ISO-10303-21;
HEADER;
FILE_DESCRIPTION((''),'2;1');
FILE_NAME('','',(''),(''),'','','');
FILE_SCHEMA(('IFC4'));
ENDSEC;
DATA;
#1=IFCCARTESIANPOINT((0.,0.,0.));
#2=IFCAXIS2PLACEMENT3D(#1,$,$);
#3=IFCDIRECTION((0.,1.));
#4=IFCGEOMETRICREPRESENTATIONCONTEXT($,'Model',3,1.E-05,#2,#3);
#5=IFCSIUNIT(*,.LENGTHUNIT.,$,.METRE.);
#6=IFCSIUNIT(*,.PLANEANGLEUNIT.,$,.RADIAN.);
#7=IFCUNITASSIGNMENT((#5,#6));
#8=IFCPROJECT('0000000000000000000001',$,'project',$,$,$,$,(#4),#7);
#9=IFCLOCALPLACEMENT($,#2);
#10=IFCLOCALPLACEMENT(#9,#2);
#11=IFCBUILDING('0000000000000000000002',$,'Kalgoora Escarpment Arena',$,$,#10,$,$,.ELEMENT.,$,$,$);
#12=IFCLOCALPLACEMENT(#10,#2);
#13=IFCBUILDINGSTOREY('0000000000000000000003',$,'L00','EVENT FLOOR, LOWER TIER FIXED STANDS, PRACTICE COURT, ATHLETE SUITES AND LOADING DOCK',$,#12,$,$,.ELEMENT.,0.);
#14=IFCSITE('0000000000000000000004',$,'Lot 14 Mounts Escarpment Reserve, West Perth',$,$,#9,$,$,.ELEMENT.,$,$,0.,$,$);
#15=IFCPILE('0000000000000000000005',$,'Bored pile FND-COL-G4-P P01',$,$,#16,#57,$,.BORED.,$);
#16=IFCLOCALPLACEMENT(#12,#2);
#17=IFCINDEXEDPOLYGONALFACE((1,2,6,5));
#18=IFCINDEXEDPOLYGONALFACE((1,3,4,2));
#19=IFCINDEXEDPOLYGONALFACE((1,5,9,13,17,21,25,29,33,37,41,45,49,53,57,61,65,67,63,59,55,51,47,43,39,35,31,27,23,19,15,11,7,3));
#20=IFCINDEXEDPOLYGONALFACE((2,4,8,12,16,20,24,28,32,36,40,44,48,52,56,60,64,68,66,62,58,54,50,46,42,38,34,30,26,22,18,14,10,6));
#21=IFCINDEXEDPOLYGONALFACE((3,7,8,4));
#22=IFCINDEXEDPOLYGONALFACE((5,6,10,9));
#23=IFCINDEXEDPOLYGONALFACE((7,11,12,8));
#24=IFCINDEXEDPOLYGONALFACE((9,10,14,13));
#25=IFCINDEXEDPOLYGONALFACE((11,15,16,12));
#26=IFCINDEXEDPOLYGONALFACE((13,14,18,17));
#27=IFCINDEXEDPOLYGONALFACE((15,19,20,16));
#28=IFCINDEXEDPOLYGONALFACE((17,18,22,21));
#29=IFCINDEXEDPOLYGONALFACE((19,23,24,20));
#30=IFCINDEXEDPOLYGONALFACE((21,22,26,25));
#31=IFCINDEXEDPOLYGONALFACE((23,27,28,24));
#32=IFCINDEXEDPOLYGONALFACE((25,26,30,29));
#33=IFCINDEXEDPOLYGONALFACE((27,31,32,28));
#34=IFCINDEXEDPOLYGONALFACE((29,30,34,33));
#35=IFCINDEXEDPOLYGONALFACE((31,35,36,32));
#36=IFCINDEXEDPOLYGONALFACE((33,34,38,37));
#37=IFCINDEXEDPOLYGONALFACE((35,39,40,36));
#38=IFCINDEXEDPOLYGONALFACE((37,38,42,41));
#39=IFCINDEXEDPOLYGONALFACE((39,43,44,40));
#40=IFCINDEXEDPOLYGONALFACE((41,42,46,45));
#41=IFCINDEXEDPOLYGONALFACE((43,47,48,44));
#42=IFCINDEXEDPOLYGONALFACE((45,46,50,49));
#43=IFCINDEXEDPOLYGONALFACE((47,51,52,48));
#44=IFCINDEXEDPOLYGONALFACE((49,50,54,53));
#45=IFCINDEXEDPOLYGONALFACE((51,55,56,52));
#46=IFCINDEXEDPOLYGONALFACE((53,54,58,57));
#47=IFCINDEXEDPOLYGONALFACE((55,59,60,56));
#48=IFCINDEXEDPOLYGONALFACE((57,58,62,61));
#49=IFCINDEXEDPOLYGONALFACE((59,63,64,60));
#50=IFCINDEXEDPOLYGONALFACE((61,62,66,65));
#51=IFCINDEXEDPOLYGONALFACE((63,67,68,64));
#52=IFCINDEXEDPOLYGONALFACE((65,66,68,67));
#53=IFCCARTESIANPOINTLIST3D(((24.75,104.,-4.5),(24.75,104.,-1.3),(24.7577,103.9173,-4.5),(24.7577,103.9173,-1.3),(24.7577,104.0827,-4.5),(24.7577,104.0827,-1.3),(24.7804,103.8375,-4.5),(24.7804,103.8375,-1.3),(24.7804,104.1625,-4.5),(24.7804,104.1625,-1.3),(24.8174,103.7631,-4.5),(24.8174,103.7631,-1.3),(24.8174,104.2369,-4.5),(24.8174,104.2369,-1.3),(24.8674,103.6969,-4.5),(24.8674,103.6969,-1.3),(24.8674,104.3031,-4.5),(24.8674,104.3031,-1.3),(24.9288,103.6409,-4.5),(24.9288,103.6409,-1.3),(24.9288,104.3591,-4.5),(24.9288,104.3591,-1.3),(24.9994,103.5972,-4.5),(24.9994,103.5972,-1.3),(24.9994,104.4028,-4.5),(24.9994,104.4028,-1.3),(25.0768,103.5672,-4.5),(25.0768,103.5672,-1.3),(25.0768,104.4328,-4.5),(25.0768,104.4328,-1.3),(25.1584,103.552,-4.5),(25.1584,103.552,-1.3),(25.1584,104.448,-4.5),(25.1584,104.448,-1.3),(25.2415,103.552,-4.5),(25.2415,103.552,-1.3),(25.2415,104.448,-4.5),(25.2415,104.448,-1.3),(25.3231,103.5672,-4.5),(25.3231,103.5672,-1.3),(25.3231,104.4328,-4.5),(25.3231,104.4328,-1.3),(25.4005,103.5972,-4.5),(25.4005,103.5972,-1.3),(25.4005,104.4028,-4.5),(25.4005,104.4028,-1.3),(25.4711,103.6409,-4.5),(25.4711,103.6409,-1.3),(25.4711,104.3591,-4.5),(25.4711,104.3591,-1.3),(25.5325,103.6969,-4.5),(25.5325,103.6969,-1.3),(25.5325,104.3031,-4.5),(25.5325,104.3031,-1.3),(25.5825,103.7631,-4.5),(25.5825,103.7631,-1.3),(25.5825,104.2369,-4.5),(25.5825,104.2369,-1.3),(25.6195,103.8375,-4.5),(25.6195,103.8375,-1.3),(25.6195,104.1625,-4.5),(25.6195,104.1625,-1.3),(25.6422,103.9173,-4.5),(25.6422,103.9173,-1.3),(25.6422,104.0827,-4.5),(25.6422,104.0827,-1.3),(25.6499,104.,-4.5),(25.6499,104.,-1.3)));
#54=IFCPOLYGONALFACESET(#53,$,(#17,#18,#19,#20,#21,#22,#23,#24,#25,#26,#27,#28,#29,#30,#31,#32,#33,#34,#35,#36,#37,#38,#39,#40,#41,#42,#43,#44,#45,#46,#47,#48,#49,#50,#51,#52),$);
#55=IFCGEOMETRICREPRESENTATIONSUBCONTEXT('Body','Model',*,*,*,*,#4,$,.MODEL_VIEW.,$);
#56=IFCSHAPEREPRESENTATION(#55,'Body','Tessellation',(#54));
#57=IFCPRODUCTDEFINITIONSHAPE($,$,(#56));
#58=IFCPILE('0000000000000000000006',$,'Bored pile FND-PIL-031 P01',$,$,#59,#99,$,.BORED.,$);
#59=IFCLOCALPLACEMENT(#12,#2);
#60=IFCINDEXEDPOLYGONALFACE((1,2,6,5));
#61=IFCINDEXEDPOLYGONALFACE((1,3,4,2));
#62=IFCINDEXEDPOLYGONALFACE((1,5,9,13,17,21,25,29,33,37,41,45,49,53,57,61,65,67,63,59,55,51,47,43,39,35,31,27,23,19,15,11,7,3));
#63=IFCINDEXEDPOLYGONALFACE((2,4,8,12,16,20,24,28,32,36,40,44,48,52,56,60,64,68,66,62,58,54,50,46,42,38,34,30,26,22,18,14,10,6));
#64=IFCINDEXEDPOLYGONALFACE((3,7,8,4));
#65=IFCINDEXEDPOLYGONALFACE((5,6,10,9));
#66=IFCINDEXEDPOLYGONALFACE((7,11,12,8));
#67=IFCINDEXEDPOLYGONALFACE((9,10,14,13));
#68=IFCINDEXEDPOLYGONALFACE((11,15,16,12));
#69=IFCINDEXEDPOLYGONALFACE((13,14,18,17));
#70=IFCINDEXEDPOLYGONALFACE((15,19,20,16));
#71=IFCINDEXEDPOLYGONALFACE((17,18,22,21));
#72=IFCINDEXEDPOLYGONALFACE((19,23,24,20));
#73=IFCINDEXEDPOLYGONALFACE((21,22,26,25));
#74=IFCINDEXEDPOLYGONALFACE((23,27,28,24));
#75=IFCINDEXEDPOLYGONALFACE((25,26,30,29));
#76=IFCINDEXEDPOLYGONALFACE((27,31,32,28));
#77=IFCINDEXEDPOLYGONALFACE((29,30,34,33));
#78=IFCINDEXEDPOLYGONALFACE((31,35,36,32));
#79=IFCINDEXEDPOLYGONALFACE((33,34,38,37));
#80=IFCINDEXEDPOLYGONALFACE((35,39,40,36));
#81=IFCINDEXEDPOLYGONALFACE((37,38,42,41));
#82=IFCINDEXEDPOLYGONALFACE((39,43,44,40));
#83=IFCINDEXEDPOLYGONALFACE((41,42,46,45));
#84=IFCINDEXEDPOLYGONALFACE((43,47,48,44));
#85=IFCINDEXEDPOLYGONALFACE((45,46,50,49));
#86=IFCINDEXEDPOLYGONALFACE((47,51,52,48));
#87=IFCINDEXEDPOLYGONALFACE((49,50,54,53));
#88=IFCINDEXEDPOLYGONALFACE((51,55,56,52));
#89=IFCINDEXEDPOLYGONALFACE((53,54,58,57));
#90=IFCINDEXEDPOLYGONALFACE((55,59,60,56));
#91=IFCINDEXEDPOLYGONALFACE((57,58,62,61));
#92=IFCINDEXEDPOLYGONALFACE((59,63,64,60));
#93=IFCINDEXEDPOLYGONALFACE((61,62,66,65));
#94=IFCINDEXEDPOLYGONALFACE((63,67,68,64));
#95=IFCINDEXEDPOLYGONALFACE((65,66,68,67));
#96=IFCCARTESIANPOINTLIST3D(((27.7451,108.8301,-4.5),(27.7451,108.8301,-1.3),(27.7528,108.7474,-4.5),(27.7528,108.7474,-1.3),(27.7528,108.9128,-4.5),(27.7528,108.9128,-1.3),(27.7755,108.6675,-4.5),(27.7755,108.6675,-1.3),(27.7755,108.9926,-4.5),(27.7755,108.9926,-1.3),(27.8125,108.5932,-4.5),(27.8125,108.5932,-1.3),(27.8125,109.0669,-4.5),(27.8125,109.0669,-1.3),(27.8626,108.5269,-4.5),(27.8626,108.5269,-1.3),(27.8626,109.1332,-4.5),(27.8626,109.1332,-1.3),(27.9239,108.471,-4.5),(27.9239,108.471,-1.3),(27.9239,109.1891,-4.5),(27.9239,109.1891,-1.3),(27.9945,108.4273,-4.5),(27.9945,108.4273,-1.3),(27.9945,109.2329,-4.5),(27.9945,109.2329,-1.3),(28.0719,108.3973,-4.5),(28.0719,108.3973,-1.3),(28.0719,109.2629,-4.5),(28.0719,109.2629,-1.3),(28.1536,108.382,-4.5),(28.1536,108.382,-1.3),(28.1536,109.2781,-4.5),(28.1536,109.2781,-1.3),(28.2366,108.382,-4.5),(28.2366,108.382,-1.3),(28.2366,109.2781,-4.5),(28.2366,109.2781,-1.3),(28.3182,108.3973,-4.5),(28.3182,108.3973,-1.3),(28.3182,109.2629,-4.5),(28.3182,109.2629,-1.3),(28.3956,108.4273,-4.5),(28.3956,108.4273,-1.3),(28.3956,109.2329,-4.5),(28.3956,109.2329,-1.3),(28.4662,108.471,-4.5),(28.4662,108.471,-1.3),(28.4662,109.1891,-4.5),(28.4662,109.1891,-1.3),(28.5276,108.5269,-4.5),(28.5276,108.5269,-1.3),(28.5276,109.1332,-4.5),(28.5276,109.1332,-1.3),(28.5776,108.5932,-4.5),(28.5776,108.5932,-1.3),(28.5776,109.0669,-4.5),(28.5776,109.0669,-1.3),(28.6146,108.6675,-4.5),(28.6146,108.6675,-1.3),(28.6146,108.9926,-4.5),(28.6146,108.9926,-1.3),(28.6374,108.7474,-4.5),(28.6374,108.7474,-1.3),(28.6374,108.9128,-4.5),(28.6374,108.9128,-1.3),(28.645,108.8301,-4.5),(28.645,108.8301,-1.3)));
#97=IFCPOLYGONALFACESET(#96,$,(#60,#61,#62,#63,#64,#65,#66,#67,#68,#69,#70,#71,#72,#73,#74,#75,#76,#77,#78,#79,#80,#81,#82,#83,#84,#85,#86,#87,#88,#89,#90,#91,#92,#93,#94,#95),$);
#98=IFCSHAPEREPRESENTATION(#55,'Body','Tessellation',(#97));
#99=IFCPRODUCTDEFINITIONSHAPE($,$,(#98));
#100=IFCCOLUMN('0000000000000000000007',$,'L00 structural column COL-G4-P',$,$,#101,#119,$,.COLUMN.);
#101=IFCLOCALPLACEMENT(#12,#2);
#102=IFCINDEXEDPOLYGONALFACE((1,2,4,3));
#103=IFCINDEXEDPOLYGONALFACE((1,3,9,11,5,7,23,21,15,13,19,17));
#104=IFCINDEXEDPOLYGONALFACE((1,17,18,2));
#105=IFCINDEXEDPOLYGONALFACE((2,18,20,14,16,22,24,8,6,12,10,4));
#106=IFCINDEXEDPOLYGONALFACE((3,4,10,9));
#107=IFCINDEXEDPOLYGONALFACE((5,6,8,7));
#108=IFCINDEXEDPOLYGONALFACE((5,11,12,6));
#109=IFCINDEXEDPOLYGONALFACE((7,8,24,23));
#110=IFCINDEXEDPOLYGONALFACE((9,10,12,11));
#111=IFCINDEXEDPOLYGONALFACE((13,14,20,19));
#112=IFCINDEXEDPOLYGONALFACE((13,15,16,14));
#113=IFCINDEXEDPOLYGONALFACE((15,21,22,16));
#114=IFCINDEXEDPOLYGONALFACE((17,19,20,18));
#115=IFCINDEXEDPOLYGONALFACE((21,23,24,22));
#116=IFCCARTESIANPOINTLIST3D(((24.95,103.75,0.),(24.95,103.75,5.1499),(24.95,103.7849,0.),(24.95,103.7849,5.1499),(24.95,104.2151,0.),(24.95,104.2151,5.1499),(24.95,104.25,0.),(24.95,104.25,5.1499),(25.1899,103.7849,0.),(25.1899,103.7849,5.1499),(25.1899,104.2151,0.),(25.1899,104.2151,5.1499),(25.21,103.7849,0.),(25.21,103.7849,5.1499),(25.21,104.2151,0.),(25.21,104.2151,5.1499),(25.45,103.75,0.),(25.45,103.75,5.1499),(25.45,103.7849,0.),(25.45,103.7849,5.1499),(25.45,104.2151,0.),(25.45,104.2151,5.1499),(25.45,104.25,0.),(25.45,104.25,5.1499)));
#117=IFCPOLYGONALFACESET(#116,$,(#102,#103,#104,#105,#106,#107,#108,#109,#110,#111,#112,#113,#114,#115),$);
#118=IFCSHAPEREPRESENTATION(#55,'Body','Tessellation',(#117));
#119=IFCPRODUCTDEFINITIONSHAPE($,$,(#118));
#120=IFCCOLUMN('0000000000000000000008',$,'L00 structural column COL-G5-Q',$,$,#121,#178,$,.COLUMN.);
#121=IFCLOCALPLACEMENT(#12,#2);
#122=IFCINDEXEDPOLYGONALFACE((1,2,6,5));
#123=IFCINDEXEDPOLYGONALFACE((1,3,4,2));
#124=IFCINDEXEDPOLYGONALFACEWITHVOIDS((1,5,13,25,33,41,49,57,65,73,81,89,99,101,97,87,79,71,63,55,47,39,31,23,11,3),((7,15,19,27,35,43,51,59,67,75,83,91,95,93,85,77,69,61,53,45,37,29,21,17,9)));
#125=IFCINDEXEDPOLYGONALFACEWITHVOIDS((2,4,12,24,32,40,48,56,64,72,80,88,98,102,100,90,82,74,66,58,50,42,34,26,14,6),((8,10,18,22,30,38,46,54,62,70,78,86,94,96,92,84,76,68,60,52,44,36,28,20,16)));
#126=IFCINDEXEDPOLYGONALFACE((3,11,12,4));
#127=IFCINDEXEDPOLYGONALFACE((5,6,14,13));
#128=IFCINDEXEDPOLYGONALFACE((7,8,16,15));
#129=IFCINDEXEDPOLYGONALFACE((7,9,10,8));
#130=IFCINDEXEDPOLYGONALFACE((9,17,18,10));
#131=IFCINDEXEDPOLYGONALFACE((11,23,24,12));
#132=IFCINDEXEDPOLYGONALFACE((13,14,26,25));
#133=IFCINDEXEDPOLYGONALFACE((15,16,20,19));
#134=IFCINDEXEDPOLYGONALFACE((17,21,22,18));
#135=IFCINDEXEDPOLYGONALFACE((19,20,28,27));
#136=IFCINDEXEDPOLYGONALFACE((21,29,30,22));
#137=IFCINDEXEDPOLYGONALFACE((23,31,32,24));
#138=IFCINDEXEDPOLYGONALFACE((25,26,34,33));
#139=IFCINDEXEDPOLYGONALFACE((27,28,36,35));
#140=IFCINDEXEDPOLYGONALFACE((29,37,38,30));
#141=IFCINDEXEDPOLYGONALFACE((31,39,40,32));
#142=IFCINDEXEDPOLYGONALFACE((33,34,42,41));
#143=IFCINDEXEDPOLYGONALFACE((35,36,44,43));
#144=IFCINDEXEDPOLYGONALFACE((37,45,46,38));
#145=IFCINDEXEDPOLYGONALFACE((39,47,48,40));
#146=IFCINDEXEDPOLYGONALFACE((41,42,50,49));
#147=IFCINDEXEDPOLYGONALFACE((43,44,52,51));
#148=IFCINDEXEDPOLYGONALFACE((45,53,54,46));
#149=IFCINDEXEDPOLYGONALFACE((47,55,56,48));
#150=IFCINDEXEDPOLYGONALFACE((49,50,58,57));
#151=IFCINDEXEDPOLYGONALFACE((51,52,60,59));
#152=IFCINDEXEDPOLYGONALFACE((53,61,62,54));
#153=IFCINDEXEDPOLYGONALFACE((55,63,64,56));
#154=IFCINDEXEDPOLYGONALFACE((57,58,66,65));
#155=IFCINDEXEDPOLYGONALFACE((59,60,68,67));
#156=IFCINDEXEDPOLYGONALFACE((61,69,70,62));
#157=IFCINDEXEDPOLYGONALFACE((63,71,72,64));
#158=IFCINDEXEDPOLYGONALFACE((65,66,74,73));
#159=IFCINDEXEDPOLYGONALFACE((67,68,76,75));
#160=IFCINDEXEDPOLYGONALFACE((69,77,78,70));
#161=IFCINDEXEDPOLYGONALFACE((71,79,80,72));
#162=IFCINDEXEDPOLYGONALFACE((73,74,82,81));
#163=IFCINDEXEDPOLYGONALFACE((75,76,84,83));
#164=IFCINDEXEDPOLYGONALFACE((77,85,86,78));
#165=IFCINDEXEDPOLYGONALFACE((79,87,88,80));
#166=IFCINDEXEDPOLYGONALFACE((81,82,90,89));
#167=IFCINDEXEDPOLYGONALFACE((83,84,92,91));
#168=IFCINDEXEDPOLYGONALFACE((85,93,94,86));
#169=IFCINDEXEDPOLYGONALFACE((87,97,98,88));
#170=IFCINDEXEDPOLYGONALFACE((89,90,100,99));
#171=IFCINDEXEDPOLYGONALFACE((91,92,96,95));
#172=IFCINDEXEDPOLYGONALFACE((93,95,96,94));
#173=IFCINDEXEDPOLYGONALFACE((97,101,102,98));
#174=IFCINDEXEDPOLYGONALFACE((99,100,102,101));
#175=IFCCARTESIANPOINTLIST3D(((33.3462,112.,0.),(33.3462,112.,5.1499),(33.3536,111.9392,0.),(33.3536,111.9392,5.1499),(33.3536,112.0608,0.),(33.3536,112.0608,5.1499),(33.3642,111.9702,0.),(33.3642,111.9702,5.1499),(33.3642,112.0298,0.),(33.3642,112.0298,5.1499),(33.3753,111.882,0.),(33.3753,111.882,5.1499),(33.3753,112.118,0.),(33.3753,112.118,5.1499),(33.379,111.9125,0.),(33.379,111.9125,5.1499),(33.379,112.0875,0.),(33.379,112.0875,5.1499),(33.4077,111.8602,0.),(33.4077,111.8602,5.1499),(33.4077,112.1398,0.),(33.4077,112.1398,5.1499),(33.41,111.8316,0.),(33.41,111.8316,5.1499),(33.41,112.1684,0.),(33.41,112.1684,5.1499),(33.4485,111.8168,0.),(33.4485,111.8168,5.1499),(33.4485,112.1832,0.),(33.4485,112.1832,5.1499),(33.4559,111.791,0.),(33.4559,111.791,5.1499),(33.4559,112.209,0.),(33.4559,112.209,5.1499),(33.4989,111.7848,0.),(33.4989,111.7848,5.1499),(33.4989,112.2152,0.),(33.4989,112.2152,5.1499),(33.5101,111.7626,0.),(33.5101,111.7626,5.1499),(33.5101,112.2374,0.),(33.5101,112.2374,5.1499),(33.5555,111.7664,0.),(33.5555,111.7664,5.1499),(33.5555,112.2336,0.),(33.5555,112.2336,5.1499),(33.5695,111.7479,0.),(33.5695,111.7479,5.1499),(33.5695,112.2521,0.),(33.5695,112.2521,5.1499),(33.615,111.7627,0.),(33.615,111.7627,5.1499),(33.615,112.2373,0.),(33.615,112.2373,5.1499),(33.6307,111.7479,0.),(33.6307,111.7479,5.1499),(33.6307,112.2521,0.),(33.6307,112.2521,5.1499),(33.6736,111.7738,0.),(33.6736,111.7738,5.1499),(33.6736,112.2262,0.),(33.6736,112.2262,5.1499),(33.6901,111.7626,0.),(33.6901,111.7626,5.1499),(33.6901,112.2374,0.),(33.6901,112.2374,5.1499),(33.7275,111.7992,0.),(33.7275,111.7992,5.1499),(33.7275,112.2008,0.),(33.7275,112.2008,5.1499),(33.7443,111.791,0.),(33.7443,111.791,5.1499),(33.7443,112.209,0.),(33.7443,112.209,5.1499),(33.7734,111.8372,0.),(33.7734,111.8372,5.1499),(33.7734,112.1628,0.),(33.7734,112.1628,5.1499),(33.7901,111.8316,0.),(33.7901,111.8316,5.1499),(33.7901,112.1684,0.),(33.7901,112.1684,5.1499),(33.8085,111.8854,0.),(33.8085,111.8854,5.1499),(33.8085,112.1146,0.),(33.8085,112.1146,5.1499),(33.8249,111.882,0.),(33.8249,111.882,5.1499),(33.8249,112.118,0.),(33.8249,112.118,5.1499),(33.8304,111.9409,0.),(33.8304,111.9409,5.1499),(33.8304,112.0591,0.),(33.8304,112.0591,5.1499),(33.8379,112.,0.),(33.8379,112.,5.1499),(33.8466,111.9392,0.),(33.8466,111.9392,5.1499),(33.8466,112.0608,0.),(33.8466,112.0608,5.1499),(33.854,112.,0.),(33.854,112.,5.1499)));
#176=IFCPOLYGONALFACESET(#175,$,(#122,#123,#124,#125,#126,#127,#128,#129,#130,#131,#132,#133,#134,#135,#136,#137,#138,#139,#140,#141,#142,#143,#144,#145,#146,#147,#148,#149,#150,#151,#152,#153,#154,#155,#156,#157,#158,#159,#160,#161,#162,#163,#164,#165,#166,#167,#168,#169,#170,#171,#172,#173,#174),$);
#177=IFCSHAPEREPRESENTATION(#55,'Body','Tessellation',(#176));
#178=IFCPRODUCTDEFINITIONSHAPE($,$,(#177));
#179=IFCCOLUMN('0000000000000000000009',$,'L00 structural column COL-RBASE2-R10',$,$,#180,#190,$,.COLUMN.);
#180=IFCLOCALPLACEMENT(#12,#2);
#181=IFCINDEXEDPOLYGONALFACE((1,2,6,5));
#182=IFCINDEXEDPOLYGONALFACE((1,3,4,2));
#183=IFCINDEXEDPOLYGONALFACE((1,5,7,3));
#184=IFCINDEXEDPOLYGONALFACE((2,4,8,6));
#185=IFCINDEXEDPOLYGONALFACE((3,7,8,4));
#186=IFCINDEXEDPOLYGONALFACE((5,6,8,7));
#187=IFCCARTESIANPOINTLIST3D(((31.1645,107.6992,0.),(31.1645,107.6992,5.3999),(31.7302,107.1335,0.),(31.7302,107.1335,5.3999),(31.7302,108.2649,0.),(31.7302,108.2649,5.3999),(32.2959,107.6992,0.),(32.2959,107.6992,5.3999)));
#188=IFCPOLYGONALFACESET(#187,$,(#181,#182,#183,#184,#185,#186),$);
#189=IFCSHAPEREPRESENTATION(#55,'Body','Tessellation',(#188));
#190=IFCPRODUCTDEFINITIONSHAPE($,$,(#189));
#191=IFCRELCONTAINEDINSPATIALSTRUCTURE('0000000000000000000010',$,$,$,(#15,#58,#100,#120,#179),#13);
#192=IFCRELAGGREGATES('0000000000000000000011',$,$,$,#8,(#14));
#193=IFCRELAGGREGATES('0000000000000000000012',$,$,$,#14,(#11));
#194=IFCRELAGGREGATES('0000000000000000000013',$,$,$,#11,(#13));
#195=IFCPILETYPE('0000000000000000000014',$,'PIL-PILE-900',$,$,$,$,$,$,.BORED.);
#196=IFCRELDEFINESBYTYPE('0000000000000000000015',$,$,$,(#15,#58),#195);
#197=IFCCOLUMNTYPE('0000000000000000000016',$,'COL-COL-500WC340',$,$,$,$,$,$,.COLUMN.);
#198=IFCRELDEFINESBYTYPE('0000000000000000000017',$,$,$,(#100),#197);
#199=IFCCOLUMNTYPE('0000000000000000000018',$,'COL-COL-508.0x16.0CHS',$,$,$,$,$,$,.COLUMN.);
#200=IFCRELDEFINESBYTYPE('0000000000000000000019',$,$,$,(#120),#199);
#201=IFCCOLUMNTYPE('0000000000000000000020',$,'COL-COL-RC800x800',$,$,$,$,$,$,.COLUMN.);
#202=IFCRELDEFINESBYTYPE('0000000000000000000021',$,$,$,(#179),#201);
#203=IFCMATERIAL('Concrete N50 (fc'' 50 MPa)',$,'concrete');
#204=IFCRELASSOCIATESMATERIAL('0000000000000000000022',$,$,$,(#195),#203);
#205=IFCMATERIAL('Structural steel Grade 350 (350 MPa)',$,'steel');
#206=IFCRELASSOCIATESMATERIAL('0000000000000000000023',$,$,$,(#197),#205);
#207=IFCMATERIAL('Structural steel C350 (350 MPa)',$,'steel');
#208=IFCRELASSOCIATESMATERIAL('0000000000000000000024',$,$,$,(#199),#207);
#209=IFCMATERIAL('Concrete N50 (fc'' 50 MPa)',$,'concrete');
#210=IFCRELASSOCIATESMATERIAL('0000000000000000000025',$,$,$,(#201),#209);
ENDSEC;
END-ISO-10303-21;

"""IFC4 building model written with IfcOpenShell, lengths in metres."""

from ifc_helpers import new_model, si_unit, direction, frame, origin, origin_2d, place, context, subcontext, project, spatial, rectangle, circle, hollow_circle, i_section, extrude, material, material_profile, profile_set, type_object, element, save


model = new_model("IFC4")

# Units and contexts
model_context = context("Model", 3, precision=1e-05, world=origin(), true_north=direction((0.0, 1.0)))
body_context = subcontext(model_context, "Body", "Model", "MODEL_VIEW")
ifc_project = project(units=[si_unit("LENGTHUNIT", "METRE"), si_unit("PLANEANGLEUNIT", "RADIAN")], contexts=[model_context])

# Site, building, storey
site_placement = place(None, origin())
site = spatial("IfcSite", under=ifc_project, at=site_placement, Name="Lot 14 Mounts Escarpment Reserve, West Perth", CompositionType="ELEMENT", RefElevation=0.0)
building_placement = place(site_placement, origin())
building = spatial("IfcBuilding", under=site, at=building_placement, Name="Kalgoora Escarpment Arena", CompositionType="ELEMENT")
storey_placement = place(building_placement, origin())
storey = spatial("IfcBuildingStorey", under=building, at=storey_placement, Name="L00", Description="EVENT FLOOR, LOWER TIER FIXED STANDS, PRACTICE COURT, ATHLETE SUITES AND LOADING DOCK", CompositionType="ELEMENT", Elevation=0.0)

# Piles
ifc_material_1 = material(Name="Concrete N50 (fc' 50 MPa)", Category="concrete")
ifc_material_profile_1 = material_profile(ifc_material_1, circle(Radius=0.45, at=origin_2d()))
ifc_profile_set_1 = profile_set([ifc_material_profile_1], Name="Concrete N50 (fc' 50 MPa)")
pile_type_1 = type_object("IfcPileType", Name="PIL-PILE-900", PredefinedType="BORED", material=ifc_profile_set_1)
for number, where, z_axis, x_axis, name in (
    (1, (25.2, 104.0, -1.3), (0.0, 0.0, -1.0), (1.0, 0.0, 0.0), "Bored pile FND-COL-G4-P P01"),
    (2, (28.1951, 108.8301, -1.3), (0.0, 0.0, -1.0), (1.0, 0.0, 0.0), "Bored pile FND-PIL-031 P01"),
):
    element("IfcPile", number, at=place(storey_placement, frame(where, z_axis=z_axis, x_axis=x_axis)), inside=storey, type_object=pile_type_1, Name=name, PredefinedType="BORED", context=body_context, shape_type="SweptSolid", body=[
        extrude(circle(Radius=0.45, at=origin_2d()), origin(), (0.0, 0.0, 1.0), 3.2),
    ])

# Columns
ifc_material_2 = material(Name="Structural steel Grade 350 (350 MPa)", Category="steel")
ifc_material_profile_2 = material_profile(ifc_material_2, i_section(OverallWidth=0.5, OverallDepth=0.5, WebThickness=0.02, FlangeThickness=0.0349, at=origin_2d()))
ifc_profile_set_2 = profile_set([ifc_material_profile_2], Name="Structural steel Grade 350 (350 MPa)")
column_type_1 = type_object("IfcColumnType", Name="COL-COL-500WC340", PredefinedType="COLUMN", material=ifc_profile_set_2)
column_1_placement = place(storey_placement, frame((25.2, 104.0, 0.0), z_axis=(0.0, 0.0, 1.0), x_axis=(1.0, 0.0, 0.0)))
element("IfcColumn", 3, at=column_1_placement, inside=storey, type_object=column_type_1, Name="L00 structural column COL-G4-P", PredefinedType="COLUMN", context=body_context, shape_type="SweptSolid", body=[
    extrude(i_section(OverallWidth=0.5, OverallDepth=0.5, WebThickness=0.02, FlangeThickness=0.0349, at=origin_2d()), origin(), (0.0, 0.0, 1.0), 5.1499),
])
ifc_material_3 = material(Name="Structural steel C350 (350 MPa)", Category="steel")
ifc_material_profile_3 = material_profile(ifc_material_3, hollow_circle(Radius=0.2539, WallThickness=0.0161, at=origin_2d()))
ifc_profile_set_3 = profile_set([ifc_material_profile_3], Name="Structural steel C350 (350 MPa)")
column_type_2 = type_object("IfcColumnType", Name="COL-COL-508.0x16.0CHS", PredefinedType="COLUMN", material=ifc_profile_set_3)
column_2_placement = place(storey_placement, frame((33.6001, 112.0, 0.0), z_axis=(0.0, 0.0, 1.0), x_axis=(1.0, 0.0, 0.0)))
element("IfcColumn", 4, at=column_2_placement, inside=storey, type_object=column_type_2, Name="L00 structural column COL-G5-Q", PredefinedType="COLUMN", context=body_context, shape_type="SweptSolid", body=[
    extrude(hollow_circle(Radius=0.2539, WallThickness=0.0161, at=origin_2d()), origin(), (0.0, 0.0, 1.0), 5.1499),
])
ifc_material_4 = material(Name="Concrete N50 (fc' 50 MPa)", Category="concrete")
ifc_material_profile_4 = material_profile(ifc_material_4, rectangle(XDim=0.8, YDim=0.8, at=origin_2d()))
ifc_profile_set_4 = profile_set([ifc_material_profile_4], Name="Concrete N50 (fc' 50 MPa)")
column_type_3 = type_object("IfcColumnType", Name="COL-COL-RC800x800", PredefinedType="COLUMN", material=ifc_profile_set_4)
column_3_placement = place(storey_placement, frame((31.7302, 107.6992, 0.0), z_axis=(0.0, 0.0, 1.0), x_axis=(-0.707107, 0.707107, 0.0)))
element("IfcColumn", 5, at=column_3_placement, inside=storey, type_object=column_type_3, Name="L00 structural column COL-RBASE2-R10", PredefinedType="COLUMN", context=body_context, shape_type="SweptSolid", body=[
    extrude(rectangle(XDim=0.8, YDim=0.8, at=origin_2d()), origin(), (0.0, 0.0, 1.0), 5.3999),
])

save(model, "model.ifc")
